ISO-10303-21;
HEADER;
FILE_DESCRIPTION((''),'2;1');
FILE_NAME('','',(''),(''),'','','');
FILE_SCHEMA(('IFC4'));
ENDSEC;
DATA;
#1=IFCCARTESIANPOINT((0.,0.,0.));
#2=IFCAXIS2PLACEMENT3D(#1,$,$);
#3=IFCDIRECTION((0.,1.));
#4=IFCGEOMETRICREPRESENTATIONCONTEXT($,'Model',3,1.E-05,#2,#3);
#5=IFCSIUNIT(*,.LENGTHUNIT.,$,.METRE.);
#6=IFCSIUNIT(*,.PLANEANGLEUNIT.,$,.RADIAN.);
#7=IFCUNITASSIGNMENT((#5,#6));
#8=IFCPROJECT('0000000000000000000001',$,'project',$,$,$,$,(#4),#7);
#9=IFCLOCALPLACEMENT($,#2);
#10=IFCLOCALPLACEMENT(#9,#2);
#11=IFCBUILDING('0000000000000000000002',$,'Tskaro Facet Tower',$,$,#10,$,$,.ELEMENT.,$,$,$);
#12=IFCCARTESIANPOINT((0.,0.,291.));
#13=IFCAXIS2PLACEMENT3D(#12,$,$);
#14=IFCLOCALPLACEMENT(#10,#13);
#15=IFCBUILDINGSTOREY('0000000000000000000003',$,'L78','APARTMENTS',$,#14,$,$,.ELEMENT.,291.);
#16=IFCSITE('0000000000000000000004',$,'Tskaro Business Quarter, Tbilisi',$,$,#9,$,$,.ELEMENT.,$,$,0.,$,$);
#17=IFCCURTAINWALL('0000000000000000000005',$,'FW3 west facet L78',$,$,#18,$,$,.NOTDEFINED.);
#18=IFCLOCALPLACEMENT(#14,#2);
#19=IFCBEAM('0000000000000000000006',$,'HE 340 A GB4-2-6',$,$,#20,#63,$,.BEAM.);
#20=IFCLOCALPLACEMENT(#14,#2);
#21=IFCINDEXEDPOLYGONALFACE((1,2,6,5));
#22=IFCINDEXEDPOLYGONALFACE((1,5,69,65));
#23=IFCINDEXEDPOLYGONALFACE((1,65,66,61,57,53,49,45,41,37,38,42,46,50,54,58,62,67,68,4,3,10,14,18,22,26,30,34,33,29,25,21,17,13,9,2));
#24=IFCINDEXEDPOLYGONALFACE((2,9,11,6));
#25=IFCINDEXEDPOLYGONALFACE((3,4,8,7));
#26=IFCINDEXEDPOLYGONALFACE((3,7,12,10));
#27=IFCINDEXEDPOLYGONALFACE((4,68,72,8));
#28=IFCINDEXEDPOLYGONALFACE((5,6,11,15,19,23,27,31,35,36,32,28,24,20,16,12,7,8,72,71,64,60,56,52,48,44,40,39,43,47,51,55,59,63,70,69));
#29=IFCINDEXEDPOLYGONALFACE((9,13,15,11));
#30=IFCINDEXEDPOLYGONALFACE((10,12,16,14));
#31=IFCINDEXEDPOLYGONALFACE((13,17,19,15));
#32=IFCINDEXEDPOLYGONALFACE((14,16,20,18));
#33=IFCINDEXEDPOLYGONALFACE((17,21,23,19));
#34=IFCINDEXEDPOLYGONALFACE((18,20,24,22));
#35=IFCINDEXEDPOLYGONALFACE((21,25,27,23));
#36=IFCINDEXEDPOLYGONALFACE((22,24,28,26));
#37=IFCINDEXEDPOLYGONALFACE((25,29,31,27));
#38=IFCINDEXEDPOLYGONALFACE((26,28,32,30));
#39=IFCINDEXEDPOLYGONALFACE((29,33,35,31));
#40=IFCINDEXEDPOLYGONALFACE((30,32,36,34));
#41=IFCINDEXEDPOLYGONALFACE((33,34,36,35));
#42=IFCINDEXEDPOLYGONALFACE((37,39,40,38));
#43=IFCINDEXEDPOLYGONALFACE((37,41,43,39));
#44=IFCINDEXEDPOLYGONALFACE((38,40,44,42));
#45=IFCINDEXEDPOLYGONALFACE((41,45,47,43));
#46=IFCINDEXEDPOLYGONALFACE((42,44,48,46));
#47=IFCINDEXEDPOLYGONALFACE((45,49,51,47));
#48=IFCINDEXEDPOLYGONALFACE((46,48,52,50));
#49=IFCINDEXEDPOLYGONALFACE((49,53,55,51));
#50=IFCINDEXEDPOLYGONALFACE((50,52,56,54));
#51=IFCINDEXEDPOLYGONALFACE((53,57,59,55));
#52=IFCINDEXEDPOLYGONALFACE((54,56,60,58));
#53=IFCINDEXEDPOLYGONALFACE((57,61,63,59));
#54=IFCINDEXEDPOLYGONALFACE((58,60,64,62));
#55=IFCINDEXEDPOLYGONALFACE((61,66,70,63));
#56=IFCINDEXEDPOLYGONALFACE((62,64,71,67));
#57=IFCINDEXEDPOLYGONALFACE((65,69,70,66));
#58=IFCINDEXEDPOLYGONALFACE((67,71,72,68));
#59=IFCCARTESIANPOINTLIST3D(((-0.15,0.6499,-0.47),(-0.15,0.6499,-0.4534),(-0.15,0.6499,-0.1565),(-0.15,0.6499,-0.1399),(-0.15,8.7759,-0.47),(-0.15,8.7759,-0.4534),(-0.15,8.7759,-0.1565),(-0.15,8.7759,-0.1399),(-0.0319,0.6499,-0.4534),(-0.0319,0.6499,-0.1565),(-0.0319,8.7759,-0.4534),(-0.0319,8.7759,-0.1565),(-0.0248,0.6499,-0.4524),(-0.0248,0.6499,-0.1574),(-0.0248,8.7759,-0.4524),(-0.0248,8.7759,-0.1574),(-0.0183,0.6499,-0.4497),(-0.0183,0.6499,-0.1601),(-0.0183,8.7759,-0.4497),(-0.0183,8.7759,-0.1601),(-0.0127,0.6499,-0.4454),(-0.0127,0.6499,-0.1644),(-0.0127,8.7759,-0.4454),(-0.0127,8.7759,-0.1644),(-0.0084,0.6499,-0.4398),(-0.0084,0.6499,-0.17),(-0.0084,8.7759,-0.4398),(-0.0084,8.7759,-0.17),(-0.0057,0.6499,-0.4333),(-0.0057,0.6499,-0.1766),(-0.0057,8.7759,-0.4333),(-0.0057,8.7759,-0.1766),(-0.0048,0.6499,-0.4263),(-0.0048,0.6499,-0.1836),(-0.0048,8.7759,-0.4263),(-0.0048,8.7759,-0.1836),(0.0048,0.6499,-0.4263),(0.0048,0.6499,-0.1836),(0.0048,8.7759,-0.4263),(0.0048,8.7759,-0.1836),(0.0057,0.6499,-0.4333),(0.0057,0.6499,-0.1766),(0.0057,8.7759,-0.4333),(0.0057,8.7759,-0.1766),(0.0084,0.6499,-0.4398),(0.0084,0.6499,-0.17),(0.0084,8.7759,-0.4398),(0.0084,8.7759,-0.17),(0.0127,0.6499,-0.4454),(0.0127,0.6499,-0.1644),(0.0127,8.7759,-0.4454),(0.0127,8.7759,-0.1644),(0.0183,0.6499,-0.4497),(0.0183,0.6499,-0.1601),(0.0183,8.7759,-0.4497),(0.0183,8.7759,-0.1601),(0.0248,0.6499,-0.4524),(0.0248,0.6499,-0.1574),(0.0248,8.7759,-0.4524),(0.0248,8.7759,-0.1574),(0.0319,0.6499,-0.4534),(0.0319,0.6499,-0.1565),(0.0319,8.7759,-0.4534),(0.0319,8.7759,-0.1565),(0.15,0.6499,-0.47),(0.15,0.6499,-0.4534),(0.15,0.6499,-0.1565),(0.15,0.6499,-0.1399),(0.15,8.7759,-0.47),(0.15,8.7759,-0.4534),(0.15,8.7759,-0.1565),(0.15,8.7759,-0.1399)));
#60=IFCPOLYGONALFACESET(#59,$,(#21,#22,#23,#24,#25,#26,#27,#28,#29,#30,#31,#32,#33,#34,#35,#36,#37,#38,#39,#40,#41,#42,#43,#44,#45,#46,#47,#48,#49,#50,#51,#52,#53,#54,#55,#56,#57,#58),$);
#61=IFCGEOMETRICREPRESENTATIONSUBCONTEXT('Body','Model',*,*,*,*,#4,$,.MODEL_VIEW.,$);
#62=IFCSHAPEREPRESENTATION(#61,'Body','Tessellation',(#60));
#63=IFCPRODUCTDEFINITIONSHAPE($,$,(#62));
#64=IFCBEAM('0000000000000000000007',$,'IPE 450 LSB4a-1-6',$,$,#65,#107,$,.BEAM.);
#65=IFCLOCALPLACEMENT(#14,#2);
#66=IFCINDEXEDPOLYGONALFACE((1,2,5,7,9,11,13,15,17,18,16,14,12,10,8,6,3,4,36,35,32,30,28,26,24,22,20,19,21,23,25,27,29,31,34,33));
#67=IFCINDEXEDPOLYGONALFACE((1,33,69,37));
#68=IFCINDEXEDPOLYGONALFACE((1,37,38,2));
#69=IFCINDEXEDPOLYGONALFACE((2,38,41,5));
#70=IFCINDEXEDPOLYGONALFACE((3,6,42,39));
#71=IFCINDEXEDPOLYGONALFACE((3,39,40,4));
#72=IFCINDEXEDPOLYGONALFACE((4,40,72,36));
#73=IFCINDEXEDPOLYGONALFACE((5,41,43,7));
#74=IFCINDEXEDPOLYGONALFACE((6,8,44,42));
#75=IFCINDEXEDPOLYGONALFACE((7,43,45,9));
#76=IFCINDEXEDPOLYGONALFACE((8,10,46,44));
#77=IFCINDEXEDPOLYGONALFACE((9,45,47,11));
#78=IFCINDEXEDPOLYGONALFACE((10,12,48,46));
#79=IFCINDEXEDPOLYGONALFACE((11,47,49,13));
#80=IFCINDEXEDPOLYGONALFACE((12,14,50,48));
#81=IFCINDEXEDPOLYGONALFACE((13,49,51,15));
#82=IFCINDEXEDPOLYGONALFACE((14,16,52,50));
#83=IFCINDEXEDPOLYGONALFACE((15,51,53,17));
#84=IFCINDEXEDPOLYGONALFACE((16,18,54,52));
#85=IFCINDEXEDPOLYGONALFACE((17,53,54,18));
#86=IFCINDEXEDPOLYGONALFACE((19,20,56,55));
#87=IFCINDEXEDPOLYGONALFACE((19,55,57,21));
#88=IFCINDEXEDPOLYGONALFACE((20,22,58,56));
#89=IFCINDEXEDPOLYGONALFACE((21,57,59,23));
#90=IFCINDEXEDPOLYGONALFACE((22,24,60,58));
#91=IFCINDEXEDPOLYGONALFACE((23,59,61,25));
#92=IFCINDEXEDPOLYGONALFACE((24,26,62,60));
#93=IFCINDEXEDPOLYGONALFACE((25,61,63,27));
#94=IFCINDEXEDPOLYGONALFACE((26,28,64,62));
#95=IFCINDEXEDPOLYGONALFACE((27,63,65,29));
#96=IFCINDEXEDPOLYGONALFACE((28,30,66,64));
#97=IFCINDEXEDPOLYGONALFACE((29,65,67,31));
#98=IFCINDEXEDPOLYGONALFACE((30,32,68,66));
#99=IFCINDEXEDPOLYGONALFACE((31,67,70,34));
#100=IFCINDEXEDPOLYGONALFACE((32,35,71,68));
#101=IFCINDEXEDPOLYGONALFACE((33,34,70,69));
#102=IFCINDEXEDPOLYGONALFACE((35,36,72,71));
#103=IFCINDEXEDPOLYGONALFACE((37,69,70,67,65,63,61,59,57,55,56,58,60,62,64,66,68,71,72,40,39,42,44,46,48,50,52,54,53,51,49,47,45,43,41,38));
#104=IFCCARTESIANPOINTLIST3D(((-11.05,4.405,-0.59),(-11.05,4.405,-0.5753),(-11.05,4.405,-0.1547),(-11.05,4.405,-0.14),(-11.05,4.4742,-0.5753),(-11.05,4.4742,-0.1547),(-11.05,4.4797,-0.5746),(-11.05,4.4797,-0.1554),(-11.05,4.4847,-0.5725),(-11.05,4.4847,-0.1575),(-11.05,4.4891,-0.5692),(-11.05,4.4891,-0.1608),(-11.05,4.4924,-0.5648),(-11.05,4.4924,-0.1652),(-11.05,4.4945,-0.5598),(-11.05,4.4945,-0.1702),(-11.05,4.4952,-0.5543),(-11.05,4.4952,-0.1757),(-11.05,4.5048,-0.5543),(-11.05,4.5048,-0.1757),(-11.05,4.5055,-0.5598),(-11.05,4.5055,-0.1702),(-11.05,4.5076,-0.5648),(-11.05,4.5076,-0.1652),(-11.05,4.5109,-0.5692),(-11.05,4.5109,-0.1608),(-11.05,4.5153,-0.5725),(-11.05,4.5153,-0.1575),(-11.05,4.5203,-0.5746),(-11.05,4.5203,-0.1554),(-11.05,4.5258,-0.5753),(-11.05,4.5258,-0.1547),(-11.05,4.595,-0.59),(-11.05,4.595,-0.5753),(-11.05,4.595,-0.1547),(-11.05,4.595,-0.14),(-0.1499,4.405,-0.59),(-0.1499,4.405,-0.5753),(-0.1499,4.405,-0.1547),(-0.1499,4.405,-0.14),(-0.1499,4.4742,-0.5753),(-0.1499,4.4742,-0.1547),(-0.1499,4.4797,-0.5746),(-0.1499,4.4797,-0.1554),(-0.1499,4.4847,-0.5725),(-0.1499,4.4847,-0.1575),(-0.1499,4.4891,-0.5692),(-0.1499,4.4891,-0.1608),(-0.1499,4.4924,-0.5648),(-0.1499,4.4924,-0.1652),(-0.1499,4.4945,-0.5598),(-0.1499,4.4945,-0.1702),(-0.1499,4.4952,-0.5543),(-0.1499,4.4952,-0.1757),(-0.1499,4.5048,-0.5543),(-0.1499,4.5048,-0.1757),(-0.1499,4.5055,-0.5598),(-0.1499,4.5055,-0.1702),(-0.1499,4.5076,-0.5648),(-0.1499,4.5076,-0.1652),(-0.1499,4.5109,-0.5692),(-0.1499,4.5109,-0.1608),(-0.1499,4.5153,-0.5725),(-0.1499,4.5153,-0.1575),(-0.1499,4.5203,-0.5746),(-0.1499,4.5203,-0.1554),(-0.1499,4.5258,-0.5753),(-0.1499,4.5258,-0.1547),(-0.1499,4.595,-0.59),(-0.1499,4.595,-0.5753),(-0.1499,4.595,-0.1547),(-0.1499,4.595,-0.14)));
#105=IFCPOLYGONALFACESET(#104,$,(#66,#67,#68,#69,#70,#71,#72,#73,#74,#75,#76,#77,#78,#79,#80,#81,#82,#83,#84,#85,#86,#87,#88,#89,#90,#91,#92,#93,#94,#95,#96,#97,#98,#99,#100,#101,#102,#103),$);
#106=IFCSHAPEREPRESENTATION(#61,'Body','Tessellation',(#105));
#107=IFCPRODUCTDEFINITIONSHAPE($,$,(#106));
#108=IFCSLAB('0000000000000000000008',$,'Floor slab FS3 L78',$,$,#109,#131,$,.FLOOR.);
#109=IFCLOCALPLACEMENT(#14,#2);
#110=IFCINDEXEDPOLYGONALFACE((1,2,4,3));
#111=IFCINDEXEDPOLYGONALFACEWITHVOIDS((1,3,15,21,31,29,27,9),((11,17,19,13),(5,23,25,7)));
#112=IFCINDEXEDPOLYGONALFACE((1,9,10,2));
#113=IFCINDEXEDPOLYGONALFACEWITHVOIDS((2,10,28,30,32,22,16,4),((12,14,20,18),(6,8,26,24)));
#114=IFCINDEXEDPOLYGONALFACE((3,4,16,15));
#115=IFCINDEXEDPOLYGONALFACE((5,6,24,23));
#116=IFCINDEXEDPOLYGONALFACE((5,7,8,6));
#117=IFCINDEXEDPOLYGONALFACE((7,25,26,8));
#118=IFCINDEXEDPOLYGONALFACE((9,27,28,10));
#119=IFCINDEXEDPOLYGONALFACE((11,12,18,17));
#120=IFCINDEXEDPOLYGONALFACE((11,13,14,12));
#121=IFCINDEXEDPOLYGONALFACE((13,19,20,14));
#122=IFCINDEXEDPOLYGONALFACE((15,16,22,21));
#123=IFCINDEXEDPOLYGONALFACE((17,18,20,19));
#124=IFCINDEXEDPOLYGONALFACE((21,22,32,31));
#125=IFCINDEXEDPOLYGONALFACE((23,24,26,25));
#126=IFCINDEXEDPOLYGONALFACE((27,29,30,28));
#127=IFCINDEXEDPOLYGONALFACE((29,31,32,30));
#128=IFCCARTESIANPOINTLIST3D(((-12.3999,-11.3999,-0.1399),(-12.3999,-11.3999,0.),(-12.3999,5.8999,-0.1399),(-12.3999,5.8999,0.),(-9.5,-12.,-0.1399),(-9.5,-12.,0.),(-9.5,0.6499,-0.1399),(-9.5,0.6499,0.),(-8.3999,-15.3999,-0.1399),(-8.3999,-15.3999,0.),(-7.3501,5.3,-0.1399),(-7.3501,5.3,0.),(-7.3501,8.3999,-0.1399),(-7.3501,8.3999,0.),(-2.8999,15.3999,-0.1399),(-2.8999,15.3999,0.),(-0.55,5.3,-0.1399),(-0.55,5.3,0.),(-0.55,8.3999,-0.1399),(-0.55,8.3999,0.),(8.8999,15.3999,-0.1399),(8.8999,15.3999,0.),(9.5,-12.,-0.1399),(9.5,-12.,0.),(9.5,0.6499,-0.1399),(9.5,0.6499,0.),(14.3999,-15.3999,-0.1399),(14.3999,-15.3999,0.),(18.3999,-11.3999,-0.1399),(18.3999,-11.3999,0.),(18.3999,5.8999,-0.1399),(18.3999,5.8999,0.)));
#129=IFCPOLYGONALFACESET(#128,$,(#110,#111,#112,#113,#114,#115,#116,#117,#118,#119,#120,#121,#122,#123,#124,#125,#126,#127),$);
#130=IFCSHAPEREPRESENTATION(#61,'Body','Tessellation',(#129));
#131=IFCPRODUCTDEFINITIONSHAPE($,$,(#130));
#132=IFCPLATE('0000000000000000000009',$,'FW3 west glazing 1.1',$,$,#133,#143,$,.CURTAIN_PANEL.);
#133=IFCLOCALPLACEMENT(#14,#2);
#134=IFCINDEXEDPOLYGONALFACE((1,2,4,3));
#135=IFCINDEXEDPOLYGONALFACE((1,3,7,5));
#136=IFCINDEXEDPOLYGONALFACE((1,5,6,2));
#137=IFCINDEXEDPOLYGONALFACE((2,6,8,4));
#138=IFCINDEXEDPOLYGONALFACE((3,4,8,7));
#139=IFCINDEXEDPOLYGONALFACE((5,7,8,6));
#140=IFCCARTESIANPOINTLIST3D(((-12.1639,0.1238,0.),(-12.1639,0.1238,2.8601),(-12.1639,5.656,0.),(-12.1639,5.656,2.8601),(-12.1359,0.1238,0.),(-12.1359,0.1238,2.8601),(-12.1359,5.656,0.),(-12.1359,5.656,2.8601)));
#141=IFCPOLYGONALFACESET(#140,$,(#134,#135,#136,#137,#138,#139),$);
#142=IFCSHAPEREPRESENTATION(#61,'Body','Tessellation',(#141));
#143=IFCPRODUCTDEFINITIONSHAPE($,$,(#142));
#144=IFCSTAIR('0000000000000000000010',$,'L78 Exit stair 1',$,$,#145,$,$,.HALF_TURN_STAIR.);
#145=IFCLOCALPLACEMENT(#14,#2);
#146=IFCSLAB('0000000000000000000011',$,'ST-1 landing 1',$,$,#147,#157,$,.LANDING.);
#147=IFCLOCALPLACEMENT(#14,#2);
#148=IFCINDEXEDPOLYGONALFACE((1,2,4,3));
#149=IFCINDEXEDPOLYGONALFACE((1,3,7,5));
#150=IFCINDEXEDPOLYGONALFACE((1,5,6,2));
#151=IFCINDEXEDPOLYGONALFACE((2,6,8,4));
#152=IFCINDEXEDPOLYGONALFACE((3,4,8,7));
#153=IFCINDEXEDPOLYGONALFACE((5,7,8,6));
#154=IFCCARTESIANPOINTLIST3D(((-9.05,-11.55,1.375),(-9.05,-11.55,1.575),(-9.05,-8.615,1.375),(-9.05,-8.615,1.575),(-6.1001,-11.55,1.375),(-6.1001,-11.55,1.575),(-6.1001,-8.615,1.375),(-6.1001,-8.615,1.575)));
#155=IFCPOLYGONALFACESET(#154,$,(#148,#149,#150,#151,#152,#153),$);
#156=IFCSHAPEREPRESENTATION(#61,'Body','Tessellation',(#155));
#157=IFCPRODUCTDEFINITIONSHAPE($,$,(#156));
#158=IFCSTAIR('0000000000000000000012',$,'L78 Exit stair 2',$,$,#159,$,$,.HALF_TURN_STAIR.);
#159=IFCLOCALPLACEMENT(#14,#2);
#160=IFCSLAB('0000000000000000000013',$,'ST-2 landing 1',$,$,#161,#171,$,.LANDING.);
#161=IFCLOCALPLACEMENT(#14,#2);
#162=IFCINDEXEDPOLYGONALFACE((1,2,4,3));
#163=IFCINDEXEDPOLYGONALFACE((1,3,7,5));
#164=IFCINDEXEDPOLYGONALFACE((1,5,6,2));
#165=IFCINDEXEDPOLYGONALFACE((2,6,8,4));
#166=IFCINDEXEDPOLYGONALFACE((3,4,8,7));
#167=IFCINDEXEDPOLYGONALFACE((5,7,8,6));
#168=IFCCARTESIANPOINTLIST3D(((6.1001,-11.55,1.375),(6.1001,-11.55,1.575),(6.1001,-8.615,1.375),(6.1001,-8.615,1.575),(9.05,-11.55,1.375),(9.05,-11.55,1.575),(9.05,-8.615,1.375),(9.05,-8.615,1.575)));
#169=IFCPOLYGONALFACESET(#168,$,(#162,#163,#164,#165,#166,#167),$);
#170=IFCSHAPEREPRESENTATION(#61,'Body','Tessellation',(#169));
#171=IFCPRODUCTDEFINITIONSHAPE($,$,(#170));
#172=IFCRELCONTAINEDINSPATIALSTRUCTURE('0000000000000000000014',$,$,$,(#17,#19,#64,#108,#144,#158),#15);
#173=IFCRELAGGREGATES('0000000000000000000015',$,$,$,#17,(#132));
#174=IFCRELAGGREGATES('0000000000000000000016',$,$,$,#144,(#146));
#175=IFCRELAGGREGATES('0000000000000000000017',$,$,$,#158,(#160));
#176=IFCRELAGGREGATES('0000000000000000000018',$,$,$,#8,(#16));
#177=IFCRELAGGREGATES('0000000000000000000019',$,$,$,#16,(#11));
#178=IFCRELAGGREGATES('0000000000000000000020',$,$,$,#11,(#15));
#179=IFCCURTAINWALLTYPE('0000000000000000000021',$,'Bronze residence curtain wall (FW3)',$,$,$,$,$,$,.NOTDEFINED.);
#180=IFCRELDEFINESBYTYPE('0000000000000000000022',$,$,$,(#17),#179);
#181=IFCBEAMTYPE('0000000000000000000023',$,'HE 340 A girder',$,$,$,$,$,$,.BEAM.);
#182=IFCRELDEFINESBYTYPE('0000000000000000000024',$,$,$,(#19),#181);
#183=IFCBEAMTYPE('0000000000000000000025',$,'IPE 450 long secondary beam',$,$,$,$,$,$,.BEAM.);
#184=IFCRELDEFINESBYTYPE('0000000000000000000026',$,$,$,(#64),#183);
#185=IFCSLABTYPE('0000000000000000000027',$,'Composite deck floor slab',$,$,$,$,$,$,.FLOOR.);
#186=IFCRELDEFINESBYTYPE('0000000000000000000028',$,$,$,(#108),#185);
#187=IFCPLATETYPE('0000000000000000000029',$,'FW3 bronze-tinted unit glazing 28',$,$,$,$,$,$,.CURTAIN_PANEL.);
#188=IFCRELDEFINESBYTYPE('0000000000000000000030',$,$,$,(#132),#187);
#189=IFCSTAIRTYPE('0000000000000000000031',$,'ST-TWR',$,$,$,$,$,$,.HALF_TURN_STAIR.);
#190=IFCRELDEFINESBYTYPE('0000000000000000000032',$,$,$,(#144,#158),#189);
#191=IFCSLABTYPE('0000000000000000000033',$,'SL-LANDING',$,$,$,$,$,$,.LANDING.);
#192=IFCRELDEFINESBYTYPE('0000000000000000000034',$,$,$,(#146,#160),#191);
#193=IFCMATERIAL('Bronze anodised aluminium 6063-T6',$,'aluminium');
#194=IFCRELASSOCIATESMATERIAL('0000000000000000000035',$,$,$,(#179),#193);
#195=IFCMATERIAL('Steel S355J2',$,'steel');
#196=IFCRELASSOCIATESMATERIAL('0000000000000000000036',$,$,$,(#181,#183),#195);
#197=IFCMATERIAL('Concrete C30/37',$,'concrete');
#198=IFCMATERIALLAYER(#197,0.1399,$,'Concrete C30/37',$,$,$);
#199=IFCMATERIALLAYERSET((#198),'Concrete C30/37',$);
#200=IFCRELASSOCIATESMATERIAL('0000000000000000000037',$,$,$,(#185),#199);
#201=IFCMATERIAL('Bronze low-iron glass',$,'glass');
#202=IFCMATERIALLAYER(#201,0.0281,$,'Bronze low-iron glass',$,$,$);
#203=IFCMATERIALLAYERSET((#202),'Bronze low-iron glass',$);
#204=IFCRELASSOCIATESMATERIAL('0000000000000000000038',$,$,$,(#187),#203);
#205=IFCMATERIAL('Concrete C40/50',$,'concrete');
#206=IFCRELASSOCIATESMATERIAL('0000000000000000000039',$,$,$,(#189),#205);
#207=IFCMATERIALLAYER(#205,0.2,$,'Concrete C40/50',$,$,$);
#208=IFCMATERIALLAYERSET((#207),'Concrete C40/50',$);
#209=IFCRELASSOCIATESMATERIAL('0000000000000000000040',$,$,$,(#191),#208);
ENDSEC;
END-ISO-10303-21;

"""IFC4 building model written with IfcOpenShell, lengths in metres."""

from ifc_helpers import new_model, si_unit, direction, frame, origin, origin_2d, place, context, subcontext, project, spatial, polyline, rectangle, i_section, outline, extrude, material, layer, layer_set, material_profile, profile_set, type_object, element, aggregate, save


model = new_model("IFC4")

# Units and contexts
model_context = context("Model", 3, precision=1e-05, world=origin(), true_north=direction((0.0, 1.0)))
body_context = subcontext(model_context, "Body", "Model", "MODEL_VIEW")
ifc_project = project(units=[si_unit("LENGTHUNIT", "METRE"), si_unit("PLANEANGLEUNIT", "RADIAN")], contexts=[model_context])

# Site, building, storey
site_placement = place(None, origin())
site = spatial("IfcSite", under=ifc_project, at=site_placement, Name="Tskaro Business Quarter, Tbilisi", CompositionType="ELEMENT", RefElevation=0.0)
building_placement = place(site_placement, origin())
building = spatial("IfcBuilding", under=site, at=building_placement, Name="Tskaro Facet Tower", CompositionType="ELEMENT")
storey_placement = place(building_placement, frame((0.0, 0.0, 291.0)))
storey = spatial("IfcBuildingStorey", under=building, at=storey_placement, Name="L78", Description="APARTMENTS", CompositionType="ELEMENT", Elevation=291.0)

# Curtain wall
ifc_material_1 = material(Name="Bronze anodised aluminium 6063-T6", Category="aluminium")
curtain_wall_type = type_object("IfcCurtainWallType", Name="Bronze residence curtain wall (FW3)", PredefinedType="NOTDEFINED", material=ifc_material_1)
curtain_wall_placement = place(storey_placement, origin())
curtain_wall = element("IfcCurtainWall", 1, at=curtain_wall_placement, inside=storey, type_object=curtain_wall_type, Name="FW3 west facet L78", PredefinedType="NOTDEFINED")

# Beams
ifc_material_2 = material(Name="Steel S355J2", Category="steel")
ifc_material_profile_1 = material_profile(ifc_material_2, i_section(OverallWidth=0.3, OverallDepth=0.3301, WebThickness=0.0095, FlangeThickness=0.0166, FilletRadius=0.0271, at=origin_2d()), Name="HE 340 A")
ifc_profile_set_1 = profile_set([ifc_material_profile_1], Name="Steel S355J2")
beam_type_1 = type_object("IfcBeamType", Name="HE 340 A girder", PredefinedType="BEAM", material=ifc_profile_set_1)
beam_1_placement = place(storey_placement, frame((0.0, 0.6499, -0.3049), z_axis=(0.0, 1.0, 0.0), x_axis=(-1.0, 0.0, 0.0)))
element("IfcBeam", 2, at=beam_1_placement, inside=storey, type_object=beam_type_1, Name="HE 340 A GB4-2-6", PredefinedType="BEAM", context=body_context, shape_type="SweptSolid", body=[
    extrude(i_section(OverallWidth=0.3, OverallDepth=0.3301, WebThickness=0.0095, FlangeThickness=0.0166, FilletRadius=0.0271, at=origin_2d()), origin(), (0.0, 0.0, 1.0), 8.126),
])
ifc_material_profile_2 = material_profile(ifc_material_2, i_section(OverallWidth=0.1899, OverallDepth=0.45, WebThickness=0.0095, FlangeThickness=0.0146, FilletRadius=0.021, at=origin_2d()), Name="IPE 450")
ifc_profile_set_2 = profile_set([ifc_material_profile_2], Name="Steel S355J2")
beam_type_2 = type_object("IfcBeamType", Name="IPE 450 long secondary beam", PredefinedType="BEAM", material=ifc_profile_set_2)
beam_2_placement = place(storey_placement, frame((-11.05, 4.5, -0.365), z_axis=(1.0, 0.0, 0.0), x_axis=(0.0, 1.0, 0.0)))
element("IfcBeam", 3, at=beam_2_placement, inside=storey, type_object=beam_type_2, Name="IPE 450 LSB4a-1-6", PredefinedType="BEAM", context=body_context, shape_type="SweptSolid", body=[
    extrude(i_section(OverallWidth=0.1899, OverallDepth=0.45, WebThickness=0.0095, FlangeThickness=0.0146, FilletRadius=0.021, at=origin_2d()), origin(), (0.0, 0.0, 1.0), 10.9001),
])

# Slab
ifc_material_3 = material(Name="Concrete C30/37", Category="concrete")
ifc_layer_1 = layer(ifc_material_3, 0.1399, Name="Concrete C30/37")
ifc_layer_set_1 = layer_set([ifc_layer_1], Name="Concrete C30/37")
slab_type_1 = type_object("IfcSlabType", Name="Composite deck floor slab", PredefinedType="FLOOR", material=ifc_layer_set_1)
slab_1_placement = place(storey_placement, frame((0.0, 0.0, -0.1399)))
element("IfcSlab", 4, at=slab_1_placement, inside=storey, type_object=slab_type_1, Name="Floor slab FS3 L78", PredefinedType="FLOOR", context=body_context, shape_type="SweptSolid", body=[
    extrude(outline(polyline([(-8.3999, -15.3999), (14.3999, -15.3999), (18.3999, -11.3999), (18.3999, 5.8999), (8.8999, 15.3999), (-2.8999, 15.3999), (-12.3999, 5.8999), (-12.3999, -11.3999), (-8.3999, -15.3999)]), holes=[polyline([(-9.5, -12.0), (9.5, -12.0), (9.5, 0.6499), (-9.5, 0.6499), (-9.5, -12.0)]), polyline([(-7.3501, 5.3), (-0.55, 5.3), (-0.55, 8.3999), (-7.3501, 8.3999), (-7.3501, 5.3)])]), origin(), (0.0, 0.0, 1.0), 0.1399),
])

# Plate
ifc_material_4 = material(Name="Bronze low-iron glass", Category="glass")
ifc_layer_2 = layer(ifc_material_4, 0.0281, Name="Bronze low-iron glass")
ifc_layer_set_2 = layer_set([ifc_layer_2], Name="Bronze low-iron glass")
plate_type = type_object("IfcPlateType", Name="FW3 bronze-tinted unit glazing 28", PredefinedType="CURTAIN_PANEL", material=ifc_layer_set_2)
plate_placement = place(storey_placement, frame((-12.1499, 2.8899, 0.0), z_axis=(0.0, 0.0, 1.0), x_axis=(0.0, -1.0, 0.0)))
plate = element("IfcPlate", 5, at=plate_placement, type_object=plate_type, Name="FW3 west glazing 1.1", PredefinedType="CURTAIN_PANEL", context=body_context, shape_type="SweptSolid", body=[
    extrude(rectangle(XDim=5.5322, YDim=0.0281, at=origin_2d()), origin(), (0.0, 0.0, 1.0), 2.8601),
])
aggregate(curtain_wall, [plate])

# Stairs, slabs
ifc_material_5 = material(Name="Concrete C40/50", Category="concrete")
stair_type = type_object("IfcStairType", Name="ST-TWR", PredefinedType="HALF_TURN_STAIR", material=ifc_material_5)
stair_1_placement = place(storey_placement, origin())
stair_1 = element("IfcStair", 6, at=stair_1_placement, inside=storey, type_object=stair_type, Name="L78 Exit stair 1", PredefinedType="HALF_TURN_STAIR")
ifc_layer_3 = layer(ifc_material_5, 0.2, Name="Concrete C40/50")
ifc_layer_set_3 = layer_set([ifc_layer_3], Name="Concrete C40/50")
slab_type_2 = type_object("IfcSlabType", Name="SL-LANDING", PredefinedType="LANDING", material=ifc_layer_set_3)
slab_2_placement = place(storey_placement, frame((0.0, 0.0, 1.375)))
slab_2 = element("IfcSlab", 7, at=slab_2_placement, type_object=slab_type_2, Name="ST-1 landing 1", PredefinedType="LANDING", context=body_context, shape_type="SweptSolid", body=[
    extrude(outline(polyline([(-9.05, -11.55), (-6.1001, -11.55), (-6.1001, -8.615), (-9.05, -8.615), (-9.05, -11.55)])), origin(), (0.0, 0.0, 1.0), 0.2),
])
aggregate(stair_1, [slab_2])
stair_2_placement = place(storey_placement, origin())
stair_2 = element("IfcStair", 8, at=stair_2_placement, inside=storey, type_object=stair_type, Name="L78 Exit stair 2", PredefinedType="HALF_TURN_STAIR")
slab_3_placement = place(storey_placement, frame((0.0, 0.0, 1.375)))
slab_3 = element("IfcSlab", 9, at=slab_3_placement, type_object=slab_type_2, Name="ST-2 landing 1", PredefinedType="LANDING", context=body_context, shape_type="SweptSolid", body=[
    extrude(outline(polyline([(6.1001, -11.55), (9.05, -11.55), (9.05, -8.615), (6.1001, -8.615), (6.1001, -11.55)])), origin(), (0.0, 0.0, 1.0), 0.2),
])
aggregate(stair_2, [slab_3])

save(model, "model.ifc")
